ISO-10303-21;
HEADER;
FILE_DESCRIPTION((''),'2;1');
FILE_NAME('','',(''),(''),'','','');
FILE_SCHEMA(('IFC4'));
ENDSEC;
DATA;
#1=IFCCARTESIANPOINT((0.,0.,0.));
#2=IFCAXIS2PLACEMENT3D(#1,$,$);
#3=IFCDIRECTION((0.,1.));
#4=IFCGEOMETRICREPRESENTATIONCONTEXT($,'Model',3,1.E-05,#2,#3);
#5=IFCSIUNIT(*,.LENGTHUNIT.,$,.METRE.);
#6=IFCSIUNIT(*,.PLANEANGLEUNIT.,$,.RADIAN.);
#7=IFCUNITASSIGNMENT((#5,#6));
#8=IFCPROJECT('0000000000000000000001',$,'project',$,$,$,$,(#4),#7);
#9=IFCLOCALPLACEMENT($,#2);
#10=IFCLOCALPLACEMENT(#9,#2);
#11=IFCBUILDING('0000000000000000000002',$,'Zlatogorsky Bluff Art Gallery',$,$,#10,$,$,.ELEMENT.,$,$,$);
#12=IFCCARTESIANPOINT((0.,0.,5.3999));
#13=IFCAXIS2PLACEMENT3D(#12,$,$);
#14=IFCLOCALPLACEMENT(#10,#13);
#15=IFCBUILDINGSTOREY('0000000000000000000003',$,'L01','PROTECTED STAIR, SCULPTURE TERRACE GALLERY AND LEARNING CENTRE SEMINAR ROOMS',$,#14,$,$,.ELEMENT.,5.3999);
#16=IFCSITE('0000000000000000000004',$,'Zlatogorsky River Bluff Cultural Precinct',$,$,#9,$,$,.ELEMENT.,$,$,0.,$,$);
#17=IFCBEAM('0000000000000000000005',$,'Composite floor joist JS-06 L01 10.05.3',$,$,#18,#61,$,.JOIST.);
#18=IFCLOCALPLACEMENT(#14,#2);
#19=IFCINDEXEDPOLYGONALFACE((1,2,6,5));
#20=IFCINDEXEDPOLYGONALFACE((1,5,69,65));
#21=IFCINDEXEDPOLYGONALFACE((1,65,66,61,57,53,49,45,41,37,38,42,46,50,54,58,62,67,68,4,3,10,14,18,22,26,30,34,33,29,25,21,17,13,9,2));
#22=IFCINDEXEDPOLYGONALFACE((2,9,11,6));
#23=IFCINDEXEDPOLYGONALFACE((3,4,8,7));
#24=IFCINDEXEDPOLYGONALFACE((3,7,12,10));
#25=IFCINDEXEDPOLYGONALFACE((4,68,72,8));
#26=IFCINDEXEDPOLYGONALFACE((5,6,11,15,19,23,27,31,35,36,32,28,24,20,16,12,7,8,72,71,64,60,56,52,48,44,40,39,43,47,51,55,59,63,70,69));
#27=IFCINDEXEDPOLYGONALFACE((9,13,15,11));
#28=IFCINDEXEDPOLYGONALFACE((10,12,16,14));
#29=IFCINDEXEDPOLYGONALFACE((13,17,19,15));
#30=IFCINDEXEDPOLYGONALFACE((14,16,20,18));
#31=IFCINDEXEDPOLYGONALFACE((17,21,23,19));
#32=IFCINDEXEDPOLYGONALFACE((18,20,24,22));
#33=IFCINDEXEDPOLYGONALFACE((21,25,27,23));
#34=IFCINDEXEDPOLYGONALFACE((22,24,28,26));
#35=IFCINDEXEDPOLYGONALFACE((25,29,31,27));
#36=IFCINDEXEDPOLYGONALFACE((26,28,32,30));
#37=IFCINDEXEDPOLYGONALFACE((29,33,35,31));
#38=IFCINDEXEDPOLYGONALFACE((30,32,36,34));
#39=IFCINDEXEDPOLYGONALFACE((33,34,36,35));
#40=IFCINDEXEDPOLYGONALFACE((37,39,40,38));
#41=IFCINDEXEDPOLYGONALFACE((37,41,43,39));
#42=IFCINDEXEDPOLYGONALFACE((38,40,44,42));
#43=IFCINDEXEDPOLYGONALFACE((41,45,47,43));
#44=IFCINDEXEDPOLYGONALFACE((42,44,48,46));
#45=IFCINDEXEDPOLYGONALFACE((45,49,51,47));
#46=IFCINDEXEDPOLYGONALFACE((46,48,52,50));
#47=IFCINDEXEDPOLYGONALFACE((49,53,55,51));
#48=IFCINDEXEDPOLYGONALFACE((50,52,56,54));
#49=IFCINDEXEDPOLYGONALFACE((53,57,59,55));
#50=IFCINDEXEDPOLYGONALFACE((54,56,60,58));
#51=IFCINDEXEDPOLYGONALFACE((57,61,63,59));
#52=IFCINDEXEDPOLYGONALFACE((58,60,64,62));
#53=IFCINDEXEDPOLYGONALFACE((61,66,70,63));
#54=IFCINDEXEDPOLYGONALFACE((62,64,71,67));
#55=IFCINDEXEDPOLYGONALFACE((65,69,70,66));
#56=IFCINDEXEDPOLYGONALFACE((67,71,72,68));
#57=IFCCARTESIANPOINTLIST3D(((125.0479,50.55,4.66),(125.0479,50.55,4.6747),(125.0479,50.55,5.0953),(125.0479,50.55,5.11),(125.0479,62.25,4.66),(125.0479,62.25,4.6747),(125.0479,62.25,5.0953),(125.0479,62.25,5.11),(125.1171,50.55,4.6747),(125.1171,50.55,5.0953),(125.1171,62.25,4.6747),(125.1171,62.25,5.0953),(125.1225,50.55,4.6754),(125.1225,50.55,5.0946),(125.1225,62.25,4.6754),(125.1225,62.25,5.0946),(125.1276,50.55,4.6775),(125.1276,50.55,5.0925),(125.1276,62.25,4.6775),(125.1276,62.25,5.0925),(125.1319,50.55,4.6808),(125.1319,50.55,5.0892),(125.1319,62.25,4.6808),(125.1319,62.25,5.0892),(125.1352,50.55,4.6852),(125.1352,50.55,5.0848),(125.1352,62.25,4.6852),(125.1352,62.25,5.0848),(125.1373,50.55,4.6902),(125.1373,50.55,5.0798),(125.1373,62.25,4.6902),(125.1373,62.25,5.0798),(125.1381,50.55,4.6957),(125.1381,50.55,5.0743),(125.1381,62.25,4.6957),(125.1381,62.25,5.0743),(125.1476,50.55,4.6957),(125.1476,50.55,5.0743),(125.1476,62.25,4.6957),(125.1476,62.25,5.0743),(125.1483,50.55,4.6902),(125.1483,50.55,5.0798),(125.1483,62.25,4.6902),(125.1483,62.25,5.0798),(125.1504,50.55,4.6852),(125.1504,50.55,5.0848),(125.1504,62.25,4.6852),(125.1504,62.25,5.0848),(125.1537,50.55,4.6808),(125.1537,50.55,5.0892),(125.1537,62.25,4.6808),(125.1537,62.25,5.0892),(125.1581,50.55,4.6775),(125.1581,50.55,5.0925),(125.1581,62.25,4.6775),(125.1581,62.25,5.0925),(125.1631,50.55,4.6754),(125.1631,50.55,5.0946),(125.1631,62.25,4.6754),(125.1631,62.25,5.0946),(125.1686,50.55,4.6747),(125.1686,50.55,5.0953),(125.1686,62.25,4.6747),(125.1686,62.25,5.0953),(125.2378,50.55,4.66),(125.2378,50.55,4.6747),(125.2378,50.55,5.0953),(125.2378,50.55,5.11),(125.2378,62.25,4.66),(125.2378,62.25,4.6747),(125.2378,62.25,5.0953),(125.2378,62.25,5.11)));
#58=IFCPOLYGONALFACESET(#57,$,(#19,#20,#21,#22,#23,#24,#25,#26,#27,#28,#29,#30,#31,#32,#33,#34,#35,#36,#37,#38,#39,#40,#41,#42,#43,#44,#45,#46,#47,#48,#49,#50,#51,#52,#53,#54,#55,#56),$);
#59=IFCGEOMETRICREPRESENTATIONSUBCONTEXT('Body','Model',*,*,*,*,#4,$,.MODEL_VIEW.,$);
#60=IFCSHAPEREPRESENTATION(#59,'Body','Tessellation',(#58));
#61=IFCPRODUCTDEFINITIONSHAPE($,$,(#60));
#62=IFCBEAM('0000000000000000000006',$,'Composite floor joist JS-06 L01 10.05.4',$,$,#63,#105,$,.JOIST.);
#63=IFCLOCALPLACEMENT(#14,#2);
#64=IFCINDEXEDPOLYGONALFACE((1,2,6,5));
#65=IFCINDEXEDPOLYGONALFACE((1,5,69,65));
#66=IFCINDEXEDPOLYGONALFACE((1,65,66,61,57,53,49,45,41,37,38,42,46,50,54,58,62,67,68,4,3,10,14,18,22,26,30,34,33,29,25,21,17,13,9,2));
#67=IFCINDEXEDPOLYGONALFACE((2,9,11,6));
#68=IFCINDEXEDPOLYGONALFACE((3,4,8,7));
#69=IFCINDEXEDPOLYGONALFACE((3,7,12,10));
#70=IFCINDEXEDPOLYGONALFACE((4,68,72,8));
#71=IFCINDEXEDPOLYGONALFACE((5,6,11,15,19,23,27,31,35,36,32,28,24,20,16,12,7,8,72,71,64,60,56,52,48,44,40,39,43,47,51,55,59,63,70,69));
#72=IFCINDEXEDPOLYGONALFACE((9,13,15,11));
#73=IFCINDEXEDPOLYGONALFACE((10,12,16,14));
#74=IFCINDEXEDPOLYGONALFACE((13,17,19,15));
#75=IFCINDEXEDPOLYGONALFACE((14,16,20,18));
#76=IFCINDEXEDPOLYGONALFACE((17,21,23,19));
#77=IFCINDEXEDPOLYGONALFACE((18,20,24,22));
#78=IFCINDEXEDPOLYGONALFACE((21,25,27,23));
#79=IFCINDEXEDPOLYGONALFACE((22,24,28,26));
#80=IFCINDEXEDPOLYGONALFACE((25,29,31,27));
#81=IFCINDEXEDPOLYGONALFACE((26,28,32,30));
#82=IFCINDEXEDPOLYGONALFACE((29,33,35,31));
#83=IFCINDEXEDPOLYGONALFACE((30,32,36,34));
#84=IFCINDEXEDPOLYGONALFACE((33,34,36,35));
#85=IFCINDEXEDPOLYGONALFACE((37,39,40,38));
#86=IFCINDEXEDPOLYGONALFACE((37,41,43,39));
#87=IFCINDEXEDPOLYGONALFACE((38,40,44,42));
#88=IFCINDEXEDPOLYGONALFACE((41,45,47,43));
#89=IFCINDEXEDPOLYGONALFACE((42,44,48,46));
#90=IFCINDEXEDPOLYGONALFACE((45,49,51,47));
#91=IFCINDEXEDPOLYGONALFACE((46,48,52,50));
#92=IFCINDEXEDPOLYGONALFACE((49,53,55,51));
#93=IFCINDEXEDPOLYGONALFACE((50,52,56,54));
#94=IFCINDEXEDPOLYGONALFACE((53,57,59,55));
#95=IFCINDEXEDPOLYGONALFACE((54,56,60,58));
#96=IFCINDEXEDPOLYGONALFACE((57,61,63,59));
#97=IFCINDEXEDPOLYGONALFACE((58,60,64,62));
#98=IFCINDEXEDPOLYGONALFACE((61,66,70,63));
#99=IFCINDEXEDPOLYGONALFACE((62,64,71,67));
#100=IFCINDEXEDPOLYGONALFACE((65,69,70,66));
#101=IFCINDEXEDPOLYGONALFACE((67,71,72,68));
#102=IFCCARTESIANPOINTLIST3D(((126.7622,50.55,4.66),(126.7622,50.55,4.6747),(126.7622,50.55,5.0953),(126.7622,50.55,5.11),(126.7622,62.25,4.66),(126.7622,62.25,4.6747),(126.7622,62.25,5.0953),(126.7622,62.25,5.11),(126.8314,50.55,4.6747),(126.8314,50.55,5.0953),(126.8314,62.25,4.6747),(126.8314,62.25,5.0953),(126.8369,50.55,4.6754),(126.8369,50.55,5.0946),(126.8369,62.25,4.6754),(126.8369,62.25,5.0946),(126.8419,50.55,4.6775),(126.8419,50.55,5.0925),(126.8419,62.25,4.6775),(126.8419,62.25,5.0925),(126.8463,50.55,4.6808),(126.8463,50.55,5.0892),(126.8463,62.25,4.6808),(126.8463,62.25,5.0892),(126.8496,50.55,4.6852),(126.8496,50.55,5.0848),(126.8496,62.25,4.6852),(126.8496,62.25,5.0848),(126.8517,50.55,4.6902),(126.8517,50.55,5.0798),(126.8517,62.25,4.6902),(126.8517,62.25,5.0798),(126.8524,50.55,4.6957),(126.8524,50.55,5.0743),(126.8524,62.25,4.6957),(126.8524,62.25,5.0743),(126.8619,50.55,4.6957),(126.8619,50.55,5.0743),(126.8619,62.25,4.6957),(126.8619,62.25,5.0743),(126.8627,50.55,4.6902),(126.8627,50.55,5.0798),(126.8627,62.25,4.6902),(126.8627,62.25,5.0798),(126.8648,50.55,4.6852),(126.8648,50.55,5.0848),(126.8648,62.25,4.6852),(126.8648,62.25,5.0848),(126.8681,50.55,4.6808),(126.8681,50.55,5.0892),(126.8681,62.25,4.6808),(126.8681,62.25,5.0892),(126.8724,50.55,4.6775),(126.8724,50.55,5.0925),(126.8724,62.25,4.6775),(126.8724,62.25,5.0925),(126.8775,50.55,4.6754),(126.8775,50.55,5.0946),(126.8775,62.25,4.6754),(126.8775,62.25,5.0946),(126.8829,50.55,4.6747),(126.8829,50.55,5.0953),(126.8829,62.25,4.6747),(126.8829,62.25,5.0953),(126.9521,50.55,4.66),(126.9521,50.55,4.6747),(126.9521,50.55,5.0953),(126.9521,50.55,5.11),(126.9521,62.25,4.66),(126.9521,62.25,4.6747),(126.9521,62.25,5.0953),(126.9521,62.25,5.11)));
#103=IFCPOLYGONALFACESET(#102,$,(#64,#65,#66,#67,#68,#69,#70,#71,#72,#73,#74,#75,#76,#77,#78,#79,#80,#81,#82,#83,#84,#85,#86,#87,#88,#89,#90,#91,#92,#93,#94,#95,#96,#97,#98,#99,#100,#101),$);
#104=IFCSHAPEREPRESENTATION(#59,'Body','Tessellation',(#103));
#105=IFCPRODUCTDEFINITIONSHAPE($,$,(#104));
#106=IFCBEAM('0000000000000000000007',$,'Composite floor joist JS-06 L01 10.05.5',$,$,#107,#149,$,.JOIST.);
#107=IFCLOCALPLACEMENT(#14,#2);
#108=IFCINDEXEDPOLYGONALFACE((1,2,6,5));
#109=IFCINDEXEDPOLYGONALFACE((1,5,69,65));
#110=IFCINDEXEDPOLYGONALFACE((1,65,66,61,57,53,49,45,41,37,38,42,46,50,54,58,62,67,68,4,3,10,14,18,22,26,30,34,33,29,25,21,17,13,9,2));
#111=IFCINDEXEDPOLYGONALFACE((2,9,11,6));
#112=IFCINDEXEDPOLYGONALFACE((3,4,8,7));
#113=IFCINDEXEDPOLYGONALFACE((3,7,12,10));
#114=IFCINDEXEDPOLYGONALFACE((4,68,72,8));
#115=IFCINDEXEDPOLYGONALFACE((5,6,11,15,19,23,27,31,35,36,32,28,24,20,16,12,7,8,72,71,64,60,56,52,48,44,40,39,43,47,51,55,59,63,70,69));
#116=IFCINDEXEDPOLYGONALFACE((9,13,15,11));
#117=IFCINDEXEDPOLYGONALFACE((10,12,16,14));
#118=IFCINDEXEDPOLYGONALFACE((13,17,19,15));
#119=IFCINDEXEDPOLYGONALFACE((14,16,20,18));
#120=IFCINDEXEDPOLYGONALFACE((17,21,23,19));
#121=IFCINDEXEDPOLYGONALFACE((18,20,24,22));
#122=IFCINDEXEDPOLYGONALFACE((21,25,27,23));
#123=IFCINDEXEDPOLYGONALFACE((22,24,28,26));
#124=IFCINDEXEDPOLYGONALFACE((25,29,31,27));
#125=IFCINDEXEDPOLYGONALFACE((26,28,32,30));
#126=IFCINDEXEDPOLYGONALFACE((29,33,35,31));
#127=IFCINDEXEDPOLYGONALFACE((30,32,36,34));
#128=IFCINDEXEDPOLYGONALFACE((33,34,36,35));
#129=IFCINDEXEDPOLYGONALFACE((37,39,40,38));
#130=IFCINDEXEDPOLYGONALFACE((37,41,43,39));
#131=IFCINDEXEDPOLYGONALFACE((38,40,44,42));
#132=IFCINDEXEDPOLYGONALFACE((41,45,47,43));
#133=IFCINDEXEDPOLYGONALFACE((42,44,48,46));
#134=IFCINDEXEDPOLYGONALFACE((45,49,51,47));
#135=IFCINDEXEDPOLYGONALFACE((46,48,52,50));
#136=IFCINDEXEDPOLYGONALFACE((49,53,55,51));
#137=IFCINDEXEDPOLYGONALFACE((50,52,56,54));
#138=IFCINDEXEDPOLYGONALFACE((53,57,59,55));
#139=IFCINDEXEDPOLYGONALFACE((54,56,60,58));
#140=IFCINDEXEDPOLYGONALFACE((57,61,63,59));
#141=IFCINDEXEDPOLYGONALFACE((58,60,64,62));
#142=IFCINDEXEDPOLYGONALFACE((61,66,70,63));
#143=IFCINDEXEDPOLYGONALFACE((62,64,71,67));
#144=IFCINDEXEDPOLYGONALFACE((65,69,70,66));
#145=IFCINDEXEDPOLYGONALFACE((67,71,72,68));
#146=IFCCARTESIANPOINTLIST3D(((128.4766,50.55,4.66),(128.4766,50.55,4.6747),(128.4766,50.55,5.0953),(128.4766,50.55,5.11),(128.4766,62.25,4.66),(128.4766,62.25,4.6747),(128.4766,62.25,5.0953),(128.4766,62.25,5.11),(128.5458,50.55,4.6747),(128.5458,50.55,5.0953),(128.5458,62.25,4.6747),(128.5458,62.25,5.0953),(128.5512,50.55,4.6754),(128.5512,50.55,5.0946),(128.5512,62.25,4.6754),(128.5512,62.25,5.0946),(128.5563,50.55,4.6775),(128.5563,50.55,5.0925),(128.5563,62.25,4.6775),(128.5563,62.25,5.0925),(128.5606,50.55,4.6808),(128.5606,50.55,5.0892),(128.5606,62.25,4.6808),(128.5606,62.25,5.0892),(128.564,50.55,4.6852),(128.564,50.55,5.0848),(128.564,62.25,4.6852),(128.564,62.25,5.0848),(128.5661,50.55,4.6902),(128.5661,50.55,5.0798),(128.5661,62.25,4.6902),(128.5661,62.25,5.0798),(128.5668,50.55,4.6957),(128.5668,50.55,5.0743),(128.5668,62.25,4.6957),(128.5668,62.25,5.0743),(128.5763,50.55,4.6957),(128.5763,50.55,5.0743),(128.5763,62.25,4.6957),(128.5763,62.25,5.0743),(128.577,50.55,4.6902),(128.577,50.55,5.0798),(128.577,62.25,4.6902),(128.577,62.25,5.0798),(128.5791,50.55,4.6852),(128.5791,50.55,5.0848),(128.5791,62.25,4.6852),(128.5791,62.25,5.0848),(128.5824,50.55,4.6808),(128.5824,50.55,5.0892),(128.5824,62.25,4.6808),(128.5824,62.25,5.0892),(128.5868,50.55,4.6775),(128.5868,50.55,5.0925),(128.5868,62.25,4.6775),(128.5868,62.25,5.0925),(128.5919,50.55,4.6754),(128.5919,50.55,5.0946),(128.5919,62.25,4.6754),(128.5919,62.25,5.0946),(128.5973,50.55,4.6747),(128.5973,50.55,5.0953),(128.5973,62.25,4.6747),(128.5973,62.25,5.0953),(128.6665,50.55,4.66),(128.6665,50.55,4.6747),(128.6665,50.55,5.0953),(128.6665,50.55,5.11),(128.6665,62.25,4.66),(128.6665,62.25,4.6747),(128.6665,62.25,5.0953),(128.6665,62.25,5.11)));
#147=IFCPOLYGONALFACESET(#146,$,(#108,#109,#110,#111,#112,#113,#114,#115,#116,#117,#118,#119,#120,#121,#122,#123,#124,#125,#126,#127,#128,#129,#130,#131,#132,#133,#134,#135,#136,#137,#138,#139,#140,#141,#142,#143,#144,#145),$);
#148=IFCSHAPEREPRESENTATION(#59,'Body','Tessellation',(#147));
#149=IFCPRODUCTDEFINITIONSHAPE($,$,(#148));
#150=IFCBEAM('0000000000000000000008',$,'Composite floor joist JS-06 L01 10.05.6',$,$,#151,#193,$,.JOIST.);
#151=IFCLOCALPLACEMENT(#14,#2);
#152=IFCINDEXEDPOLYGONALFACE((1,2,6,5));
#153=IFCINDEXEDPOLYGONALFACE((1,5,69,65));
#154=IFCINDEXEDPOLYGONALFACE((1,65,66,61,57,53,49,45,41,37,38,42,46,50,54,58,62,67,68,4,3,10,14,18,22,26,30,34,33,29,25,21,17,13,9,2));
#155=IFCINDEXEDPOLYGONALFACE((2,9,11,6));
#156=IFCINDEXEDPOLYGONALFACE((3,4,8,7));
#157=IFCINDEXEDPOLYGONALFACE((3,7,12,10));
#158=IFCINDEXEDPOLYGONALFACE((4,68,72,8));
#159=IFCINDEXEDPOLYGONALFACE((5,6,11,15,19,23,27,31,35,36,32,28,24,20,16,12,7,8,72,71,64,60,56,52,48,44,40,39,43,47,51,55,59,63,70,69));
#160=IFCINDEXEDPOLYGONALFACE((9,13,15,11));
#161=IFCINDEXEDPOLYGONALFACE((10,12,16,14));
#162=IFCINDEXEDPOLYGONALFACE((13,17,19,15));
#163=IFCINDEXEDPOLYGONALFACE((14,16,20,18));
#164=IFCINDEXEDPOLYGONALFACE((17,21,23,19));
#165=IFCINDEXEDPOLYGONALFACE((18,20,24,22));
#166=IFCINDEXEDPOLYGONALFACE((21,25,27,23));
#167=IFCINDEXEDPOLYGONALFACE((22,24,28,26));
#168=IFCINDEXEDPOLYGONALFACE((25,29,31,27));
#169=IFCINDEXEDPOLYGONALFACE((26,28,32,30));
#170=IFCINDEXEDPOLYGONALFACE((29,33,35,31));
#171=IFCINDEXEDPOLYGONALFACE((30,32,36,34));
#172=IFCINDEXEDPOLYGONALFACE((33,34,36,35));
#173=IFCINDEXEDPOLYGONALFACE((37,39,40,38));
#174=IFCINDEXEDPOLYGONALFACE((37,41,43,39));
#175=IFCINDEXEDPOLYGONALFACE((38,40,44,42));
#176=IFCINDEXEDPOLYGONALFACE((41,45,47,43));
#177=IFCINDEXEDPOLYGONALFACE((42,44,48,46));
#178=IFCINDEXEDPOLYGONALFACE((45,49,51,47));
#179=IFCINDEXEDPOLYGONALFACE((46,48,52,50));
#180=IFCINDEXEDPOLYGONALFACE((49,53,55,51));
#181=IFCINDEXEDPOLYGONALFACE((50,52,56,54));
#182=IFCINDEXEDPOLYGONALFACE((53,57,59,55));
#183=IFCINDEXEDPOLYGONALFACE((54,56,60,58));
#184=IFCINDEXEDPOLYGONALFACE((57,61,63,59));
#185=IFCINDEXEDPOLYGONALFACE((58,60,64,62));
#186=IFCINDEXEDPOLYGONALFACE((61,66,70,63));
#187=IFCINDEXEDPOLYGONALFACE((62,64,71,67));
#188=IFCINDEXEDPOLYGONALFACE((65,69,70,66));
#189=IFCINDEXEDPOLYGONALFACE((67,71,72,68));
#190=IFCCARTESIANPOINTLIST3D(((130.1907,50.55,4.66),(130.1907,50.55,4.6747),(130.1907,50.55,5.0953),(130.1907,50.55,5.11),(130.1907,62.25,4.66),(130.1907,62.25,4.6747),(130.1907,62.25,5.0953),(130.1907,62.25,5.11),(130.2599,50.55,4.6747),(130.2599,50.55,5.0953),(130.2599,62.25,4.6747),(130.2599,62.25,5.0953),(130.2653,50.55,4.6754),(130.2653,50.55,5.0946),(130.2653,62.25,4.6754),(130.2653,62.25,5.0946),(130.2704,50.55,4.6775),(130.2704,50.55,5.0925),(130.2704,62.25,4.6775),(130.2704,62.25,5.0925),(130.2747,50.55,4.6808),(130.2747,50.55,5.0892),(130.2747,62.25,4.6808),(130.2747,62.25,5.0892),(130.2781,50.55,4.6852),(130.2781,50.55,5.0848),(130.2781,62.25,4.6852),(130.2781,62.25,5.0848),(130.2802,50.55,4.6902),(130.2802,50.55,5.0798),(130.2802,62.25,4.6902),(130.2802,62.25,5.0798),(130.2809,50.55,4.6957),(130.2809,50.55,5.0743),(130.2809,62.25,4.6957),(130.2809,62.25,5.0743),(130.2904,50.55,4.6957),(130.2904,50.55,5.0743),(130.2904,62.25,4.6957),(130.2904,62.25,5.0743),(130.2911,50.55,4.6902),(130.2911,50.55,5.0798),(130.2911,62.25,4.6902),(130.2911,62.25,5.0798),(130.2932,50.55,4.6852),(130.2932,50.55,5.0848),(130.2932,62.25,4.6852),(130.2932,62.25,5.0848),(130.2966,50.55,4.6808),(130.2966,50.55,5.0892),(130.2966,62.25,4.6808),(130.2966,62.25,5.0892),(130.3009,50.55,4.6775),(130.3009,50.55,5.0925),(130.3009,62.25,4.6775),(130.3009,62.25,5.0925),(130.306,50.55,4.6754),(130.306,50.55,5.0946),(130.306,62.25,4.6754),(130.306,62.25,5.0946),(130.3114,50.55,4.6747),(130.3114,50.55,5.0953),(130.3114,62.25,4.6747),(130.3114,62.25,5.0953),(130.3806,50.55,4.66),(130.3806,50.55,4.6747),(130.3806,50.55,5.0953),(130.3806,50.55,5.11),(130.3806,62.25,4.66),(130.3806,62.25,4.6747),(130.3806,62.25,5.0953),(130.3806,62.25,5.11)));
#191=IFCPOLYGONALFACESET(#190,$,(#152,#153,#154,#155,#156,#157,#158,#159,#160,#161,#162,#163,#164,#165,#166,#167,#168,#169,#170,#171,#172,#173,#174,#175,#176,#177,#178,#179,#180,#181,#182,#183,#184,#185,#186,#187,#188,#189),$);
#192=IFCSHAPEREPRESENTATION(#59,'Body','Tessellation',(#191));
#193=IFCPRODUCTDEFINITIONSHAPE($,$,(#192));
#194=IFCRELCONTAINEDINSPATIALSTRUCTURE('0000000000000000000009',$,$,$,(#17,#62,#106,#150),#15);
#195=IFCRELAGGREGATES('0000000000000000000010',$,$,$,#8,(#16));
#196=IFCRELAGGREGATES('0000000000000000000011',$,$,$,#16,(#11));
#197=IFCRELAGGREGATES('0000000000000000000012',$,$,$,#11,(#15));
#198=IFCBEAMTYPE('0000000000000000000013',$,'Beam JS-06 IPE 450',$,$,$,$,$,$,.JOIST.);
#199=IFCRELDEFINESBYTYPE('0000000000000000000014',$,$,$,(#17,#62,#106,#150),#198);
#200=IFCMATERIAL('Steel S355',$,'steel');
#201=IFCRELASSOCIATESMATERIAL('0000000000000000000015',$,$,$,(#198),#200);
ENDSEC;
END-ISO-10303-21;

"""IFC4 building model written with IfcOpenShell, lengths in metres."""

from ifc_helpers import new_model, si_unit, direction, frame, origin, origin_2d, place, context, subcontext, project, spatial, i_section, extrude, material, material_profile, profile_set, type_object, element, save


model = new_model("IFC4")

# Units and contexts
model_context = context("Model", 3, precision=1e-05, world=origin(), true_north=direction((0.0, 1.0)))
body_context = subcontext(model_context, "Body", "Model", "MODEL_VIEW")
ifc_project = project(units=[si_unit("LENGTHUNIT", "METRE"), si_unit("PLANEANGLEUNIT", "RADIAN")], contexts=[model_context])

# Site, building, storey
site_placement = place(None, origin())
site = spatial("IfcSite", under=ifc_project, at=site_placement, Name="Zlatogorsky River Bluff Cultural Precinct", CompositionType="ELEMENT", RefElevation=0.0)
building_placement = place(site_placement, origin())
building = spatial("IfcBuilding", under=site, at=building_placement, Name="Zlatogorsky Bluff Art Gallery", CompositionType="ELEMENT")
storey_placement = place(building_placement, frame((0.0, 0.0, 5.3999)))
storey = spatial("IfcBuildingStorey", under=building, at=storey_placement, Name="L01", Description="PROTECTED STAIR, SCULPTURE TERRACE GALLERY AND LEARNING CENTRE SEMINAR ROOMS", CompositionType="ELEMENT", Elevation=5.3999)

# Beams
ifc_material_1 = material(Name="Steel S355", Category="steel")
ifc_material_profile_1 = material_profile(ifc_material_1, i_section(OverallWidth=0.1899, OverallDepth=0.45, WebThickness=0.0095, FlangeThickness=0.0146, FilletRadius=0.021, at=origin_2d()), Name="IPE 450")
ifc_profile_set_1 = profile_set([ifc_material_profile_1], Name="Steel S355")
beam_type_1 = type_object("IfcBeamType", Name="Beam JS-06 IPE 450", PredefinedType="JOIST", material=ifc_profile_set_1)
for number, where, z_axis, x_axis, name in (
    (1, (125.1428, 50.55, 4.885), (0.0, 1.0, 0.0), (-1.0, 0.0, 0.0), "Composite floor joist JS-06 L01 10.05.3"),
    (2, (126.8572, 50.55, 4.885), (0.0, 1.0, 0.0), (-1.0, 0.0, 0.0), "Composite floor joist JS-06 L01 10.05.4"),
    (3, (128.5715, 50.55, 4.885), (0.0, 1.0, 0.0), (-1.0, 0.0, 0.0), "Composite floor joist JS-06 L01 10.05.5"),
    (4, (130.2856, 50.55, 4.885), (0.0, 1.0, 0.0), (-1.0, 0.0, 0.0), "Composite floor joist JS-06 L01 10.05.6"),
):
    element("IfcBeam", number, at=place(storey_placement, frame(where, z_axis=z_axis, x_axis=x_axis)), inside=storey, type_object=beam_type_1, Name=name, PredefinedType="JOIST", context=body_context, shape_type="SweptSolid", body=[
        extrude(i_section(OverallWidth=0.1899, OverallDepth=0.45, WebThickness=0.0095, FlangeThickness=0.0146, FilletRadius=0.021, at=origin_2d()), origin(), (0.0, 0.0, 1.0), 11.7),
    ])

save(model, "model.ifc")
